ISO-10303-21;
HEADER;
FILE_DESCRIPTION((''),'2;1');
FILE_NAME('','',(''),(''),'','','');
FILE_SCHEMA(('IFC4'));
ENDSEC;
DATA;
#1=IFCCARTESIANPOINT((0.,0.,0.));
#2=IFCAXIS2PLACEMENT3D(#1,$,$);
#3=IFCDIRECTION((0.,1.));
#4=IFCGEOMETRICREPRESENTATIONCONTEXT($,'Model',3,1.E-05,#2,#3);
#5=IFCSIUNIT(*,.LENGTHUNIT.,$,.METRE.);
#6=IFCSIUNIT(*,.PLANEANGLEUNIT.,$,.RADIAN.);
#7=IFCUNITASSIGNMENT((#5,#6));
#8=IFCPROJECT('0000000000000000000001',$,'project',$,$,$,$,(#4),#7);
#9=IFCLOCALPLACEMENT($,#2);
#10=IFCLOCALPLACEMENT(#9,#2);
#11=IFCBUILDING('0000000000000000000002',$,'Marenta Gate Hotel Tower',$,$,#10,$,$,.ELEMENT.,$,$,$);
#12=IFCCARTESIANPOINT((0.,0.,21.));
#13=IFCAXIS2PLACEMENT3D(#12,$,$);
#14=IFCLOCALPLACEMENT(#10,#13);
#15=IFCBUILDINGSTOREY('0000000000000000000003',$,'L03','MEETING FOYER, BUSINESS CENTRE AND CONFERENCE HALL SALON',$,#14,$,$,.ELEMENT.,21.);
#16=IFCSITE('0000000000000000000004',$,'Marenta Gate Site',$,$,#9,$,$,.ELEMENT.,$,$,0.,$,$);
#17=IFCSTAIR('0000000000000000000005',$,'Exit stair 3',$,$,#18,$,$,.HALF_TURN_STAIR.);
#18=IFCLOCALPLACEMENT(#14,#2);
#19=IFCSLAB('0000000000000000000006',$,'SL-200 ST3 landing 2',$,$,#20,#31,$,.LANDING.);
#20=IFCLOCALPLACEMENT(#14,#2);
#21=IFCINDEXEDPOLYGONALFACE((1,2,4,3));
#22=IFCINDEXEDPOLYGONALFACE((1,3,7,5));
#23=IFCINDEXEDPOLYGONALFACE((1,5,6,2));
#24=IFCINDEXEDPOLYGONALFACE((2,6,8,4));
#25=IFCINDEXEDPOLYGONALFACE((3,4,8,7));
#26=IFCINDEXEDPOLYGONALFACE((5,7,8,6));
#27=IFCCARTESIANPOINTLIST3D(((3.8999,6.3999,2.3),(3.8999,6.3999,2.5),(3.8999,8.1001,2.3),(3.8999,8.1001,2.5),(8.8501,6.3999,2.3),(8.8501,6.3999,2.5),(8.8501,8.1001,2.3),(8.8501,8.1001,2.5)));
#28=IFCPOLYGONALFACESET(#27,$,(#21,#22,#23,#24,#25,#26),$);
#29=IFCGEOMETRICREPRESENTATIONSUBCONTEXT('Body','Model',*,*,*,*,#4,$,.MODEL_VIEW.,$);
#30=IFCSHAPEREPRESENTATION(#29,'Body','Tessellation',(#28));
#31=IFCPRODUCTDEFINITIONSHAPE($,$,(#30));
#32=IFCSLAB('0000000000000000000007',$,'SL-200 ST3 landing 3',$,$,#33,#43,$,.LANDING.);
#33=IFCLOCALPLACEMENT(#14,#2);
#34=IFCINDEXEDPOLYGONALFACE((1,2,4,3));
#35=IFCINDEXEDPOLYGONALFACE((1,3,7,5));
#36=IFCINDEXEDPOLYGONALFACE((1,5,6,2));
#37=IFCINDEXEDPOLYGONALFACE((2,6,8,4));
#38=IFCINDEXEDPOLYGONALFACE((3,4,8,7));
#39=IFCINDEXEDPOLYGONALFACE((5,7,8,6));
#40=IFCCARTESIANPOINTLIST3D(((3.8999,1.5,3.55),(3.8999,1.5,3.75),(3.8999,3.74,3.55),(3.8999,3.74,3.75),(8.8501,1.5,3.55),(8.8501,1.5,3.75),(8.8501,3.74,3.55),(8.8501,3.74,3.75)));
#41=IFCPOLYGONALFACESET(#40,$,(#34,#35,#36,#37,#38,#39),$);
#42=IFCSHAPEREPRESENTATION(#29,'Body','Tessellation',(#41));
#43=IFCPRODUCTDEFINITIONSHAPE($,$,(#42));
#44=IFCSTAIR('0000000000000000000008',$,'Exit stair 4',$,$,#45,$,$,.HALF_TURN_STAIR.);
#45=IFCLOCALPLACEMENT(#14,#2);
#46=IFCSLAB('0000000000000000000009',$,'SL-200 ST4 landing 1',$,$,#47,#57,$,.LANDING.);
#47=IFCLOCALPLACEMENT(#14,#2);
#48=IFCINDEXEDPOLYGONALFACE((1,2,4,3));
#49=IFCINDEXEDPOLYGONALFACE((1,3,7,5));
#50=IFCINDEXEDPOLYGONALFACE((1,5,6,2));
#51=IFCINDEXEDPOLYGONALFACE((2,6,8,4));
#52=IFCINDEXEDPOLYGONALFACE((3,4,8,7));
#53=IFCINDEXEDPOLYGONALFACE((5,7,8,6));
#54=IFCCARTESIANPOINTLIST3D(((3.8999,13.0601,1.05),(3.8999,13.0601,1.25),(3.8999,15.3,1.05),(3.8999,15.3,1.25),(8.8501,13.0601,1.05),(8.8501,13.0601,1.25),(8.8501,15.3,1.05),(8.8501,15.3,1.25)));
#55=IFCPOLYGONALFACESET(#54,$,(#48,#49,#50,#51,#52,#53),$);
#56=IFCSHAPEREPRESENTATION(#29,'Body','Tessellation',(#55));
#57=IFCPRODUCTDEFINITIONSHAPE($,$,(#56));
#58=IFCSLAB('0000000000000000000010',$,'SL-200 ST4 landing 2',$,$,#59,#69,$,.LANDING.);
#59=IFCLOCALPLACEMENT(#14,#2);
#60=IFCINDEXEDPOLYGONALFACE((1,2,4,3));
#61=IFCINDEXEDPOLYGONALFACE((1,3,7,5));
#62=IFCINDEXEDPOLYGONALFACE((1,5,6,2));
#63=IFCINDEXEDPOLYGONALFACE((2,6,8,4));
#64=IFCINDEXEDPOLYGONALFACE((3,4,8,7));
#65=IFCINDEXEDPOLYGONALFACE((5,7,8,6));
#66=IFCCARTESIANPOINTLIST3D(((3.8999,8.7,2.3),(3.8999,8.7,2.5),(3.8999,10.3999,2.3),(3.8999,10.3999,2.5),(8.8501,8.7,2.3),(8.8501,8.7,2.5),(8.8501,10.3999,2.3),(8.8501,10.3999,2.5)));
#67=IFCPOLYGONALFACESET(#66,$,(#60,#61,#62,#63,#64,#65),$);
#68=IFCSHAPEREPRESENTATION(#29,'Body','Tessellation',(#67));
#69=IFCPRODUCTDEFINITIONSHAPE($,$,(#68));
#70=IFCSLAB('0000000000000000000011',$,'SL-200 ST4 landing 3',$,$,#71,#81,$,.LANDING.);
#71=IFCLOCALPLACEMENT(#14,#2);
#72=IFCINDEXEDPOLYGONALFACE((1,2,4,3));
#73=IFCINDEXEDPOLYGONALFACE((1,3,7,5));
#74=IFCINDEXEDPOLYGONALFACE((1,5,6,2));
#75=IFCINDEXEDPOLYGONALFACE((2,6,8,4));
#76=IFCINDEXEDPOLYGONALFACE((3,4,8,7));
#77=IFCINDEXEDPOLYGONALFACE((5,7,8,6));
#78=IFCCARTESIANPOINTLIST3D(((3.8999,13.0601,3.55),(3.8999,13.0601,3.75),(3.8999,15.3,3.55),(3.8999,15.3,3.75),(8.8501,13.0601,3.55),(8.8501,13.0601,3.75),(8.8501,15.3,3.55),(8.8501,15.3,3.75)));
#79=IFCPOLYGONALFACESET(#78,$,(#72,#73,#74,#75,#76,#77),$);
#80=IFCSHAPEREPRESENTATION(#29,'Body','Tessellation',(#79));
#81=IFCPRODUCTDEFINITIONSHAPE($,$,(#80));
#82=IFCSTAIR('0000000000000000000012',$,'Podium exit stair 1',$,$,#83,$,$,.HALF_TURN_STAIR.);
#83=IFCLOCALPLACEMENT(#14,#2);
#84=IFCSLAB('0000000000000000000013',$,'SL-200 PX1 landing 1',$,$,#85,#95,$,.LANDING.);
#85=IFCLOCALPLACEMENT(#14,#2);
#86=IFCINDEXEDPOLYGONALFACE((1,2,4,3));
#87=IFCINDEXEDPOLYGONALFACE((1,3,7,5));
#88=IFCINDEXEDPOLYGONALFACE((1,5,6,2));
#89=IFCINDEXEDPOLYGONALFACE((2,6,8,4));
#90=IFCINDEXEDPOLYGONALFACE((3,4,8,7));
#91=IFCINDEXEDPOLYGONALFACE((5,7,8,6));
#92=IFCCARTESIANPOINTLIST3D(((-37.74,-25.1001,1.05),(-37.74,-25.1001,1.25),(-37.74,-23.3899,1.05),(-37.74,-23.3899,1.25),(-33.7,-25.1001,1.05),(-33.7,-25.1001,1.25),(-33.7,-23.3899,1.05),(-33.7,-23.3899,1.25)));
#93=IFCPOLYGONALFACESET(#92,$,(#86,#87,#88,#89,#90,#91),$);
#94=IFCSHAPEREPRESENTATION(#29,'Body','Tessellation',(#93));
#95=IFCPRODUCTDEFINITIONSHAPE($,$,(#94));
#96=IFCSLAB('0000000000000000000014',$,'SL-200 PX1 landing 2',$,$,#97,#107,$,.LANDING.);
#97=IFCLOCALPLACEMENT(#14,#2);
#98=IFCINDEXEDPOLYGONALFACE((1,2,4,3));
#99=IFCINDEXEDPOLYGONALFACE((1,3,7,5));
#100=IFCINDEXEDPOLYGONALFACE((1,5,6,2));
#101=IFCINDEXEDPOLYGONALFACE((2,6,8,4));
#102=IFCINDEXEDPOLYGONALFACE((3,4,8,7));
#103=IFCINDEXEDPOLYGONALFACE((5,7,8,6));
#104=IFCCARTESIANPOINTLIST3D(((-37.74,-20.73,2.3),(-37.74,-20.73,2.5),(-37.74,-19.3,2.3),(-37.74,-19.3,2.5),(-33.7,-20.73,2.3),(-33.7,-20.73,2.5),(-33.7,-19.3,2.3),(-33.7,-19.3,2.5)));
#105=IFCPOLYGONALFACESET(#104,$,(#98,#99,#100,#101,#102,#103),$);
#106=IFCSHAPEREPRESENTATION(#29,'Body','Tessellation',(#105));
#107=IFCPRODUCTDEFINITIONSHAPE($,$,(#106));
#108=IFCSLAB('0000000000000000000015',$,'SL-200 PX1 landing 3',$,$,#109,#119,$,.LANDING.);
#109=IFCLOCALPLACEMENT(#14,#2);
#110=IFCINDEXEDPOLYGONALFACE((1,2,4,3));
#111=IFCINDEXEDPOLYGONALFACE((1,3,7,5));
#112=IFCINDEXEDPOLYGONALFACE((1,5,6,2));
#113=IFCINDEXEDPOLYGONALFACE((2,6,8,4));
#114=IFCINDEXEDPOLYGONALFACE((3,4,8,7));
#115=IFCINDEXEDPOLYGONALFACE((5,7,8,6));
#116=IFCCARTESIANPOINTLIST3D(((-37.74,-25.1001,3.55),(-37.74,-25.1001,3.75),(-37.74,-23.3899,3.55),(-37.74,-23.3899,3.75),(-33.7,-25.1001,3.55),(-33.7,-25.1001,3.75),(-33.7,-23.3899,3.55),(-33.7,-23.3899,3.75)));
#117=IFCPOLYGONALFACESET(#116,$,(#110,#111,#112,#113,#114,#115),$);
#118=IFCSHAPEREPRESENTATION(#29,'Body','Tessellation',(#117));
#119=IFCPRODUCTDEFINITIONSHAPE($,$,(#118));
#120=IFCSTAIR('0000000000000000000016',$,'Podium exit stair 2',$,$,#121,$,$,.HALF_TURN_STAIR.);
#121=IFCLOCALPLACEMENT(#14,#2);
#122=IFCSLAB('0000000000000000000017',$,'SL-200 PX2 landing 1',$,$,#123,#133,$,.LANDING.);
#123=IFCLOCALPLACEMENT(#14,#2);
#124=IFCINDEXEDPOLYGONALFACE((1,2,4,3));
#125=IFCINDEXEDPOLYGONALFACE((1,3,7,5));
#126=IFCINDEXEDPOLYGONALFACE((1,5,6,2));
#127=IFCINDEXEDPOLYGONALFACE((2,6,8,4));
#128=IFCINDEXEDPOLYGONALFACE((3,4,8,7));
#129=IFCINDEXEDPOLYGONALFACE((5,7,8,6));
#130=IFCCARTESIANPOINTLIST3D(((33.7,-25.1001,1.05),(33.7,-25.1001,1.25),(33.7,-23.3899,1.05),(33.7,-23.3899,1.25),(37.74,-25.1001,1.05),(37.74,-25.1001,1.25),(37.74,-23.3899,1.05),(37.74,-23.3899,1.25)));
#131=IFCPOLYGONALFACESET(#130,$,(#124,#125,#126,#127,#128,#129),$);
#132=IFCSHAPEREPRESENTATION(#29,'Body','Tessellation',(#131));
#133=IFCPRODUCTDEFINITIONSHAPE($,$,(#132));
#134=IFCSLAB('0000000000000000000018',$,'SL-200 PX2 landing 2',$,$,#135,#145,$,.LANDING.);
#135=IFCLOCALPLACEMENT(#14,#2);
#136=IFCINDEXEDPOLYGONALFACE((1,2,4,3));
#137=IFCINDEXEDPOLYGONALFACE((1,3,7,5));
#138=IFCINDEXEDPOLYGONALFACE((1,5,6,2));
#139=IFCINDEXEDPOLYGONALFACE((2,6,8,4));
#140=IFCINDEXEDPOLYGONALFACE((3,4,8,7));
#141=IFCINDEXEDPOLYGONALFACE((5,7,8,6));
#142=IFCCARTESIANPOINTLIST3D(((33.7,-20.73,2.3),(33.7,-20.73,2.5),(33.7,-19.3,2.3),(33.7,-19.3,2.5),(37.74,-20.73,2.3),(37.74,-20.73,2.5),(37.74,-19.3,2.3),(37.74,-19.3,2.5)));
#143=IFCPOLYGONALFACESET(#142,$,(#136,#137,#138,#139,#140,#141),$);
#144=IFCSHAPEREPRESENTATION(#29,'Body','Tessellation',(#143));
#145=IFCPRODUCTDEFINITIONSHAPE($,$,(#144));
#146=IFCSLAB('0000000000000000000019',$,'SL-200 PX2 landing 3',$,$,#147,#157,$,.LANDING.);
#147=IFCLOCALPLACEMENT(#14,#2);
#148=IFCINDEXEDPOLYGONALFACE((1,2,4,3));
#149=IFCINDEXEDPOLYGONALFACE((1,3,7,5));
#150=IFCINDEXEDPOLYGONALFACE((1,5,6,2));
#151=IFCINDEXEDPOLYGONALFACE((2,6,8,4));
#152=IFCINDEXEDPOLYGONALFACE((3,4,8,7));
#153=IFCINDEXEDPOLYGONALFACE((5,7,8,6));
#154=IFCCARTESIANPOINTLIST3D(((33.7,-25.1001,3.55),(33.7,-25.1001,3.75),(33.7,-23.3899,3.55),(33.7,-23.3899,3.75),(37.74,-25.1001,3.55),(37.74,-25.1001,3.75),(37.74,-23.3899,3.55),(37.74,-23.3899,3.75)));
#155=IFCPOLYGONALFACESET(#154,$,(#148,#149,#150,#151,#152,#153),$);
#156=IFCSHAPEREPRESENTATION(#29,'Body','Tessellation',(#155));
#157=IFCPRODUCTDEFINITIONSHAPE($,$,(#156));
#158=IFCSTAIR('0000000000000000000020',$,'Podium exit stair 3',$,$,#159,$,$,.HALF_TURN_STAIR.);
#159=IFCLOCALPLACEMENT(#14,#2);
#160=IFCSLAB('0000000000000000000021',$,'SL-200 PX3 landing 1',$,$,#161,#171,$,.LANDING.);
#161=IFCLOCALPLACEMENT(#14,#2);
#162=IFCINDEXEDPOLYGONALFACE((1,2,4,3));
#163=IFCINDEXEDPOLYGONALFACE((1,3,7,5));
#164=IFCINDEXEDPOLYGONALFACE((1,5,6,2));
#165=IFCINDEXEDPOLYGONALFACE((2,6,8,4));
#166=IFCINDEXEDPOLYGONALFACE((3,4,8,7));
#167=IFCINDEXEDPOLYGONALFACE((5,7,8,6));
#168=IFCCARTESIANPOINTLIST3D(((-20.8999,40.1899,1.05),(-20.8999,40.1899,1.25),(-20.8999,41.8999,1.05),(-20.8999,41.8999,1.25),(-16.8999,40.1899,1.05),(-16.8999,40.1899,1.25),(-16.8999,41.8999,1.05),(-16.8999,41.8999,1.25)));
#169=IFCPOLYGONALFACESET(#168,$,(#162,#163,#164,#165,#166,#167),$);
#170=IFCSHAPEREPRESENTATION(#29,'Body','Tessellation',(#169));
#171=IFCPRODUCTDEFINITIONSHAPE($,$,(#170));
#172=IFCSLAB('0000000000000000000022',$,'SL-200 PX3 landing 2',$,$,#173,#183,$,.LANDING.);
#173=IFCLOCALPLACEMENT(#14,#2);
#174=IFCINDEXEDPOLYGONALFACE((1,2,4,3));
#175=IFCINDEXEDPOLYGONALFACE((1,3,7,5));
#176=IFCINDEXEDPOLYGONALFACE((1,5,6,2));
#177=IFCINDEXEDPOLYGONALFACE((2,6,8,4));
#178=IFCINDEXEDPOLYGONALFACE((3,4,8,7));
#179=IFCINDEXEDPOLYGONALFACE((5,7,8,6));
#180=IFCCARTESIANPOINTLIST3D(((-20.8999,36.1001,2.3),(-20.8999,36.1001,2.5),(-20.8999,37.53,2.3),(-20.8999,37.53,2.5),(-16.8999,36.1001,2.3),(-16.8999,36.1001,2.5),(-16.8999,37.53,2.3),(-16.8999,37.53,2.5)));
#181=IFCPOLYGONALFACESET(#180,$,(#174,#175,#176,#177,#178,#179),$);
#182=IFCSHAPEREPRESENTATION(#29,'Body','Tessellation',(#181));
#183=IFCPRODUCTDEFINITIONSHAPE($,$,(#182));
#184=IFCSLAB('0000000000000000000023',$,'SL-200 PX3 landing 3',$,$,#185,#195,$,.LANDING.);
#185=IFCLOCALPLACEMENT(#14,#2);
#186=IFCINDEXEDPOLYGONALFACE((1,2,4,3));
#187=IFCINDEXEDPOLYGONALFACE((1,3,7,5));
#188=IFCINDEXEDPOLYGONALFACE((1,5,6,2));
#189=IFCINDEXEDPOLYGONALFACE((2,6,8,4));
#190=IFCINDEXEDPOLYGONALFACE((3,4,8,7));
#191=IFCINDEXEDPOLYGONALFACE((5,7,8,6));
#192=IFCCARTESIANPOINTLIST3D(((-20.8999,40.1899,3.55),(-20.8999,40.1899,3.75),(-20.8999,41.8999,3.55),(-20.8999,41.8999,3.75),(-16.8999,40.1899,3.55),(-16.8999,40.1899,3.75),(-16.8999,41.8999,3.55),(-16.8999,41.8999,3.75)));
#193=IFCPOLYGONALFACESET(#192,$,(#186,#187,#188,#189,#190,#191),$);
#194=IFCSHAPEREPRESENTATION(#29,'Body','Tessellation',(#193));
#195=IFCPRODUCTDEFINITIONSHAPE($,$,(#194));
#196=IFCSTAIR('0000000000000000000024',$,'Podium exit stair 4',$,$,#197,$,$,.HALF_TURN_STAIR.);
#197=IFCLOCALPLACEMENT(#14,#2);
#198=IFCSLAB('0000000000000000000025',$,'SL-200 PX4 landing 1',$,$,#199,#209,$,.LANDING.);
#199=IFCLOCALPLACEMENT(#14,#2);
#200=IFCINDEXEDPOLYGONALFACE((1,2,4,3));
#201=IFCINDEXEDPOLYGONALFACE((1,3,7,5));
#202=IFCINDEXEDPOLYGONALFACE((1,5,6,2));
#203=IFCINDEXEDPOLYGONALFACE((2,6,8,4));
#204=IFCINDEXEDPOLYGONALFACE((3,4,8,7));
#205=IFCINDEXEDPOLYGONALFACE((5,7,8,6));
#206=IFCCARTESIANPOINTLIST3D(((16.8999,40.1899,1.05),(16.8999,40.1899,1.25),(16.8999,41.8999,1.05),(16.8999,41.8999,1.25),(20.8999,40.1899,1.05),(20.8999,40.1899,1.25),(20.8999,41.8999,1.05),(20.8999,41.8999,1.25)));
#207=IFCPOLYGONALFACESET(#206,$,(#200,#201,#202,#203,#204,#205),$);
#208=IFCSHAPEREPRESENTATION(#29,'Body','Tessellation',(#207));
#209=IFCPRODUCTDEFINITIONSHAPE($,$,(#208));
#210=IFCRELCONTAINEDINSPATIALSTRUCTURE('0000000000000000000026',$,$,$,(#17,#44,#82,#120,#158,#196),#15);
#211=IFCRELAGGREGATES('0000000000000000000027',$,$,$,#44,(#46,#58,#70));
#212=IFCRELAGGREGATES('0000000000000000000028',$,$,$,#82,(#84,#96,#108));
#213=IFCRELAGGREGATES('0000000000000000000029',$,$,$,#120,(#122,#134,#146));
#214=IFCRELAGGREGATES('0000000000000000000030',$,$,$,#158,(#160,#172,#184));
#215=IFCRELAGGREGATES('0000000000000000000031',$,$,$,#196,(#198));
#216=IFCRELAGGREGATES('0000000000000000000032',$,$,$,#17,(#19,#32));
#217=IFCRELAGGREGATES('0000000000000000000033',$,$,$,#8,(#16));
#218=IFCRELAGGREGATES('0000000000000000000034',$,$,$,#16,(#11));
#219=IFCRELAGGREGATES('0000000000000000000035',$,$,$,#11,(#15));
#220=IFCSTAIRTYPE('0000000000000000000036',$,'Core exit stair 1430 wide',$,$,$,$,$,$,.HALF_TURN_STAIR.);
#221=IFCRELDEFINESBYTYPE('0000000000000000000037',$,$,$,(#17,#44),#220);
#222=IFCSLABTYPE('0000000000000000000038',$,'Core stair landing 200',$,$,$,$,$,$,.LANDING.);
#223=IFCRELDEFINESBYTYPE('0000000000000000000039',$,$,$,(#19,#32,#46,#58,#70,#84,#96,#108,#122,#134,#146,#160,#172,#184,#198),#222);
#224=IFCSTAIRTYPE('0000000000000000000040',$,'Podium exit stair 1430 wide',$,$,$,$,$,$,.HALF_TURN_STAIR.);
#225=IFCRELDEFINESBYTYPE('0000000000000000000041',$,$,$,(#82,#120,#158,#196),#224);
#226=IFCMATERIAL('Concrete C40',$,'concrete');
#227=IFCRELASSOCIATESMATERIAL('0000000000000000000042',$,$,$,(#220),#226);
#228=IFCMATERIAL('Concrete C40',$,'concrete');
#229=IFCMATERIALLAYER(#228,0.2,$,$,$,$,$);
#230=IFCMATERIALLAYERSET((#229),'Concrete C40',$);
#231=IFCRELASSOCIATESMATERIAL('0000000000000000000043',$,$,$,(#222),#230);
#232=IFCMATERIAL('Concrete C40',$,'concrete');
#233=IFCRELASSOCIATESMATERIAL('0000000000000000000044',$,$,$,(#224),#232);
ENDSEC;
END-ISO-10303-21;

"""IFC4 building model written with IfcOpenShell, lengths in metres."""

from ifc_helpers import new_model, si_unit, direction, frame, origin, place, context, subcontext, project, spatial, polyline, outline, extrude, material, layer, layer_set, type_object, element, aggregate, save


model = new_model("IFC4")

# Units and contexts
model_context = context("Model", 3, precision=1e-05, world=origin(), true_north=direction((0.0, 1.0)))
body_context = subcontext(model_context, "Body", "Model", "MODEL_VIEW")
ifc_project = project(units=[si_unit("LENGTHUNIT", "METRE"), si_unit("PLANEANGLEUNIT", "RADIAN")], contexts=[model_context])

# Site, building, storey
site_placement = place(None, origin())
site = spatial("IfcSite", under=ifc_project, at=site_placement, Name="Marenta Gate Site", CompositionType="ELEMENT", RefElevation=0.0)
building_placement = place(site_placement, origin())
building = spatial("IfcBuilding", under=site, at=building_placement, Name="Marenta Gate Hotel Tower", CompositionType="ELEMENT")
storey_placement = place(building_placement, frame((0.0, 0.0, 21.0)))
storey = spatial("IfcBuildingStorey", under=building, at=storey_placement, Name="L03", Description="MEETING FOYER, BUSINESS CENTRE AND CONFERENCE HALL SALON", CompositionType="ELEMENT", Elevation=21.0)

# Stairs, slabs
ifc_material_1 = material(Name="Concrete C40", Category="concrete")
stair_type_1 = type_object("IfcStairType", Name="Core exit stair 1430 wide", PredefinedType="HALF_TURN_STAIR", material=ifc_material_1)
stair_1_placement = place(storey_placement, origin())
stair_1 = element("IfcStair", 1, at=stair_1_placement, inside=storey, type_object=stair_type_1, Name="Exit stair 3", PredefinedType="HALF_TURN_STAIR")
ifc_material_2 = material(Name="Concrete C40", Category="concrete")
ifc_layer_1 = layer(ifc_material_2, 0.2)
ifc_layer_set_1 = layer_set([ifc_layer_1], Name="Concrete C40")
slab_type = type_object("IfcSlabType", Name="Core stair landing 200", PredefinedType="LANDING", material=ifc_layer_set_1)
slab_1_placement = place(storey_placement, frame((0.0, 0.0, 2.3)))
slab_1 = element("IfcSlab", 2, at=slab_1_placement, type_object=slab_type, Name="SL-200 ST3 landing 2", PredefinedType="LANDING", context=body_context, shape_type="SweptSolid", body=[
    extrude(outline(polyline([(3.8999, 6.3999), (8.8501, 6.3999), (8.8501, 8.1001), (3.8999, 8.1001), (3.8999, 6.3999)])), origin(), (0.0, 0.0, 1.0), 0.2),
])
slab_2_placement = place(storey_placement, frame((0.0, 0.0, 3.55)))
slab_2 = element("IfcSlab", 3, at=slab_2_placement, type_object=slab_type, Name="SL-200 ST3 landing 3", PredefinedType="LANDING", context=body_context, shape_type="SweptSolid", body=[
    extrude(outline(polyline([(3.8999, 1.5), (8.8501, 1.5), (8.8501, 3.74), (3.8999, 3.74), (3.8999, 1.5)])), origin(), (0.0, 0.0, 1.0), 0.2),
])
stair_2_placement = place(storey_placement, origin())
stair_2 = element("IfcStair", 4, at=stair_2_placement, inside=storey, type_object=stair_type_1, Name="Exit stair 4", PredefinedType="HALF_TURN_STAIR")
slab_3_placement = place(storey_placement, frame((0.0, 0.0, 1.05)))
slab_3 = element("IfcSlab", 5, at=slab_3_placement, type_object=slab_type, Name="SL-200 ST4 landing 1", PredefinedType="LANDING", context=body_context, shape_type="SweptSolid", body=[
    extrude(outline(polyline([(3.8999, 13.0601), (8.8501, 13.0601), (8.8501, 15.3), (3.8999, 15.3), (3.8999, 13.0601)])), origin(), (0.0, 0.0, 1.0), 0.2),
])
slab_4_placement = place(storey_placement, frame((0.0, 0.0, 2.3)))
slab_4 = element("IfcSlab", 6, at=slab_4_placement, type_object=slab_type, Name="SL-200 ST4 landing 2", PredefinedType="LANDING", context=body_context, shape_type="SweptSolid", body=[
    extrude(outline(polyline([(3.8999, 8.7), (8.8501, 8.7), (8.8501, 10.3999), (3.8999, 10.3999), (3.8999, 8.7)])), origin(), (0.0, 0.0, 1.0), 0.2),
])
slab_5_placement = place(storey_placement, frame((0.0, 0.0, 3.55)))
slab_5 = element("IfcSlab", 7, at=slab_5_placement, type_object=slab_type, Name="SL-200 ST4 landing 3", PredefinedType="LANDING", context=body_context, shape_type="SweptSolid", body=[
    extrude(outline(polyline([(3.8999, 13.0601), (8.8501, 13.0601), (8.8501, 15.3), (3.8999, 15.3), (3.8999, 13.0601)])), origin(), (0.0, 0.0, 1.0), 0.2),
])
aggregate(stair_2, [slab_3, slab_4, slab_5])
ifc_material_3 = material(Name="Concrete C40", Category="concrete")
stair_type_2 = type_object("IfcStairType", Name="Podium exit stair 1430 wide", PredefinedType="HALF_TURN_STAIR", material=ifc_material_3)
stair_3_placement = place(storey_placement, origin())
stair_3 = element("IfcStair", 8, at=stair_3_placement, inside=storey, type_object=stair_type_2, Name="Podium exit stair 1", PredefinedType="HALF_TURN_STAIR")
slab_6_placement = place(storey_placement, frame((0.0, 0.0, 1.05)))
slab_6 = element("IfcSlab", 9, at=slab_6_placement, type_object=slab_type, Name="SL-200 PX1 landing 1", PredefinedType="LANDING", context=body_context, shape_type="SweptSolid", body=[
    extrude(outline(polyline([(-37.74, -25.1001), (-33.7, -25.1001), (-33.7, -23.3899), (-37.74, -23.3899), (-37.74, -25.1001)])), origin(), (0.0, 0.0, 1.0), 0.2),
])
slab_7_placement = place(storey_placement, frame((0.0, 0.0, 2.3)))
slab_7 = element("IfcSlab", 10, at=slab_7_placement, type_object=slab_type, Name="SL-200 PX1 landing 2", PredefinedType="LANDING", context=body_context, shape_type="SweptSolid", body=[
    extrude(outline(polyline([(-37.74, -20.73), (-33.7, -20.73), (-33.7, -19.3), (-37.74, -19.3), (-37.74, -20.73)])), origin(), (0.0, 0.0, 1.0), 0.2),
])
slab_8_placement = place(storey_placement, frame((0.0, 0.0, 3.55)))
slab_8 = element("IfcSlab", 11, at=slab_8_placement, type_object=slab_type, Name="SL-200 PX1 landing 3", PredefinedType="LANDING", context=body_context, shape_type="SweptSolid", body=[
    extrude(outline(polyline([(-37.74, -25.1001), (-33.7, -25.1001), (-33.7, -23.3899), (-37.74, -23.3899), (-37.74, -25.1001)])), origin(), (0.0, 0.0, 1.0), 0.2),
])
aggregate(stair_3, [slab_6, slab_7, slab_8])
stair_4_placement = place(storey_placement, origin())
stair_4 = element("IfcStair", 12, at=stair_4_placement, inside=storey, type_object=stair_type_2, Name="Podium exit stair 2", PredefinedType="HALF_TURN_STAIR")
slab_9_placement = place(storey_placement, frame((0.0, 0.0, 1.05)))
slab_9 = element("IfcSlab", 13, at=slab_9_placement, type_object=slab_type, Name="SL-200 PX2 landing 1", PredefinedType="LANDING", context=body_context, shape_type="SweptSolid", body=[
    extrude(outline(polyline([(33.7, -25.1001), (37.74, -25.1001), (37.74, -23.3899), (33.7, -23.3899), (33.7, -25.1001)])), origin(), (0.0, 0.0, 1.0), 0.2),
])
slab_10_placement = place(storey_placement, frame((0.0, 0.0, 2.3)))
slab_10 = element("IfcSlab", 14, at=slab_10_placement, type_object=slab_type, Name="SL-200 PX2 landing 2", PredefinedType="LANDING", context=body_context, shape_type="SweptSolid", body=[
    extrude(outline(polyline([(33.7, -20.73), (37.74, -20.73), (37.74, -19.3), (33.7, -19.3), (33.7, -20.73)])), origin(), (0.0, 0.0, 1.0), 0.2),
])
slab_11_placement = place(storey_placement, frame((0.0, 0.0, 3.55)))
slab_11 = element("IfcSlab", 15, at=slab_11_placement, type_object=slab_type, Name="SL-200 PX2 landing 3", PredefinedType="LANDING", context=body_context, shape_type="SweptSolid", body=[
    extrude(outline(polyline([(33.7, -25.1001), (37.74, -25.1001), (37.74, -23.3899), (33.7, -23.3899), (33.7, -25.1001)])), origin(), (0.0, 0.0, 1.0), 0.2),
])
aggregate(stair_4, [slab_9, slab_10, slab_11])
stair_5_placement = place(storey_placement, origin())
stair_5 = element("IfcStair", 16, at=stair_5_placement, inside=storey, type_object=stair_type_2, Name="Podium exit stair 3", PredefinedType="HALF_TURN_STAIR")
slab_12_placement = place(storey_placement, frame((0.0, 0.0, 1.05)))
slab_12 = element("IfcSlab", 17, at=slab_12_placement, type_object=slab_type, Name="SL-200 PX3 landing 1", PredefinedType="LANDING", context=body_context, shape_type="SweptSolid", body=[
    extrude(outline(polyline([(-20.8999, 40.1899), (-16.8999, 40.1899), (-16.8999, 41.8999), (-20.8999, 41.8999), (-20.8999, 40.1899)])), origin(), (0.0, 0.0, 1.0), 0.2),
])
slab_13_placement = place(storey_placement, frame((0.0, 0.0, 2.3)))
slab_13 = element("IfcSlab", 18, at=slab_13_placement, type_object=slab_type, Name="SL-200 PX3 landing 2", PredefinedType="LANDING", context=body_context, shape_type="SweptSolid", body=[
    extrude(outline(polyline([(-20.8999, 36.1001), (-16.8999, 36.1001), (-16.8999, 37.53), (-20.8999, 37.53), (-20.8999, 36.1001)])), origin(), (0.0, 0.0, 1.0), 0.2),
])
slab_14_placement = place(storey_placement, frame((0.0, 0.0, 3.55)))
slab_14 = element("IfcSlab", 19, at=slab_14_placement, type_object=slab_type, Name="SL-200 PX3 landing 3", PredefinedType="LANDING", context=body_context, shape_type="SweptSolid", body=[
    extrude(outline(polyline([(-20.8999, 40.1899), (-16.8999, 40.1899), (-16.8999, 41.8999), (-20.8999, 41.8999), (-20.8999, 40.1899)])), origin(), (0.0, 0.0, 1.0), 0.2),
])
aggregate(stair_5, [slab_12, slab_13, slab_14])
stair_6_placement = place(storey_placement, origin())
stair_6 = element("IfcStair", 20, at=stair_6_placement, inside=storey, type_object=stair_type_2, Name="Podium exit stair 4", PredefinedType="HALF_TURN_STAIR")
slab_15_placement = place(storey_placement, frame((0.0, 0.0, 1.05)))
slab_15 = element("IfcSlab", 21, at=slab_15_placement, type_object=slab_type, Name="SL-200 PX4 landing 1", PredefinedType="LANDING", context=body_context, shape_type="SweptSolid", body=[
    extrude(outline(polyline([(16.8999, 40.1899), (20.8999, 40.1899), (20.8999, 41.8999), (16.8999, 41.8999), (16.8999, 40.1899)])), origin(), (0.0, 0.0, 1.0), 0.2),
])
aggregate(stair_6, [slab_15])

aggregate(stair_1, [slab_1, slab_2])

save(model, "model.ifc")
